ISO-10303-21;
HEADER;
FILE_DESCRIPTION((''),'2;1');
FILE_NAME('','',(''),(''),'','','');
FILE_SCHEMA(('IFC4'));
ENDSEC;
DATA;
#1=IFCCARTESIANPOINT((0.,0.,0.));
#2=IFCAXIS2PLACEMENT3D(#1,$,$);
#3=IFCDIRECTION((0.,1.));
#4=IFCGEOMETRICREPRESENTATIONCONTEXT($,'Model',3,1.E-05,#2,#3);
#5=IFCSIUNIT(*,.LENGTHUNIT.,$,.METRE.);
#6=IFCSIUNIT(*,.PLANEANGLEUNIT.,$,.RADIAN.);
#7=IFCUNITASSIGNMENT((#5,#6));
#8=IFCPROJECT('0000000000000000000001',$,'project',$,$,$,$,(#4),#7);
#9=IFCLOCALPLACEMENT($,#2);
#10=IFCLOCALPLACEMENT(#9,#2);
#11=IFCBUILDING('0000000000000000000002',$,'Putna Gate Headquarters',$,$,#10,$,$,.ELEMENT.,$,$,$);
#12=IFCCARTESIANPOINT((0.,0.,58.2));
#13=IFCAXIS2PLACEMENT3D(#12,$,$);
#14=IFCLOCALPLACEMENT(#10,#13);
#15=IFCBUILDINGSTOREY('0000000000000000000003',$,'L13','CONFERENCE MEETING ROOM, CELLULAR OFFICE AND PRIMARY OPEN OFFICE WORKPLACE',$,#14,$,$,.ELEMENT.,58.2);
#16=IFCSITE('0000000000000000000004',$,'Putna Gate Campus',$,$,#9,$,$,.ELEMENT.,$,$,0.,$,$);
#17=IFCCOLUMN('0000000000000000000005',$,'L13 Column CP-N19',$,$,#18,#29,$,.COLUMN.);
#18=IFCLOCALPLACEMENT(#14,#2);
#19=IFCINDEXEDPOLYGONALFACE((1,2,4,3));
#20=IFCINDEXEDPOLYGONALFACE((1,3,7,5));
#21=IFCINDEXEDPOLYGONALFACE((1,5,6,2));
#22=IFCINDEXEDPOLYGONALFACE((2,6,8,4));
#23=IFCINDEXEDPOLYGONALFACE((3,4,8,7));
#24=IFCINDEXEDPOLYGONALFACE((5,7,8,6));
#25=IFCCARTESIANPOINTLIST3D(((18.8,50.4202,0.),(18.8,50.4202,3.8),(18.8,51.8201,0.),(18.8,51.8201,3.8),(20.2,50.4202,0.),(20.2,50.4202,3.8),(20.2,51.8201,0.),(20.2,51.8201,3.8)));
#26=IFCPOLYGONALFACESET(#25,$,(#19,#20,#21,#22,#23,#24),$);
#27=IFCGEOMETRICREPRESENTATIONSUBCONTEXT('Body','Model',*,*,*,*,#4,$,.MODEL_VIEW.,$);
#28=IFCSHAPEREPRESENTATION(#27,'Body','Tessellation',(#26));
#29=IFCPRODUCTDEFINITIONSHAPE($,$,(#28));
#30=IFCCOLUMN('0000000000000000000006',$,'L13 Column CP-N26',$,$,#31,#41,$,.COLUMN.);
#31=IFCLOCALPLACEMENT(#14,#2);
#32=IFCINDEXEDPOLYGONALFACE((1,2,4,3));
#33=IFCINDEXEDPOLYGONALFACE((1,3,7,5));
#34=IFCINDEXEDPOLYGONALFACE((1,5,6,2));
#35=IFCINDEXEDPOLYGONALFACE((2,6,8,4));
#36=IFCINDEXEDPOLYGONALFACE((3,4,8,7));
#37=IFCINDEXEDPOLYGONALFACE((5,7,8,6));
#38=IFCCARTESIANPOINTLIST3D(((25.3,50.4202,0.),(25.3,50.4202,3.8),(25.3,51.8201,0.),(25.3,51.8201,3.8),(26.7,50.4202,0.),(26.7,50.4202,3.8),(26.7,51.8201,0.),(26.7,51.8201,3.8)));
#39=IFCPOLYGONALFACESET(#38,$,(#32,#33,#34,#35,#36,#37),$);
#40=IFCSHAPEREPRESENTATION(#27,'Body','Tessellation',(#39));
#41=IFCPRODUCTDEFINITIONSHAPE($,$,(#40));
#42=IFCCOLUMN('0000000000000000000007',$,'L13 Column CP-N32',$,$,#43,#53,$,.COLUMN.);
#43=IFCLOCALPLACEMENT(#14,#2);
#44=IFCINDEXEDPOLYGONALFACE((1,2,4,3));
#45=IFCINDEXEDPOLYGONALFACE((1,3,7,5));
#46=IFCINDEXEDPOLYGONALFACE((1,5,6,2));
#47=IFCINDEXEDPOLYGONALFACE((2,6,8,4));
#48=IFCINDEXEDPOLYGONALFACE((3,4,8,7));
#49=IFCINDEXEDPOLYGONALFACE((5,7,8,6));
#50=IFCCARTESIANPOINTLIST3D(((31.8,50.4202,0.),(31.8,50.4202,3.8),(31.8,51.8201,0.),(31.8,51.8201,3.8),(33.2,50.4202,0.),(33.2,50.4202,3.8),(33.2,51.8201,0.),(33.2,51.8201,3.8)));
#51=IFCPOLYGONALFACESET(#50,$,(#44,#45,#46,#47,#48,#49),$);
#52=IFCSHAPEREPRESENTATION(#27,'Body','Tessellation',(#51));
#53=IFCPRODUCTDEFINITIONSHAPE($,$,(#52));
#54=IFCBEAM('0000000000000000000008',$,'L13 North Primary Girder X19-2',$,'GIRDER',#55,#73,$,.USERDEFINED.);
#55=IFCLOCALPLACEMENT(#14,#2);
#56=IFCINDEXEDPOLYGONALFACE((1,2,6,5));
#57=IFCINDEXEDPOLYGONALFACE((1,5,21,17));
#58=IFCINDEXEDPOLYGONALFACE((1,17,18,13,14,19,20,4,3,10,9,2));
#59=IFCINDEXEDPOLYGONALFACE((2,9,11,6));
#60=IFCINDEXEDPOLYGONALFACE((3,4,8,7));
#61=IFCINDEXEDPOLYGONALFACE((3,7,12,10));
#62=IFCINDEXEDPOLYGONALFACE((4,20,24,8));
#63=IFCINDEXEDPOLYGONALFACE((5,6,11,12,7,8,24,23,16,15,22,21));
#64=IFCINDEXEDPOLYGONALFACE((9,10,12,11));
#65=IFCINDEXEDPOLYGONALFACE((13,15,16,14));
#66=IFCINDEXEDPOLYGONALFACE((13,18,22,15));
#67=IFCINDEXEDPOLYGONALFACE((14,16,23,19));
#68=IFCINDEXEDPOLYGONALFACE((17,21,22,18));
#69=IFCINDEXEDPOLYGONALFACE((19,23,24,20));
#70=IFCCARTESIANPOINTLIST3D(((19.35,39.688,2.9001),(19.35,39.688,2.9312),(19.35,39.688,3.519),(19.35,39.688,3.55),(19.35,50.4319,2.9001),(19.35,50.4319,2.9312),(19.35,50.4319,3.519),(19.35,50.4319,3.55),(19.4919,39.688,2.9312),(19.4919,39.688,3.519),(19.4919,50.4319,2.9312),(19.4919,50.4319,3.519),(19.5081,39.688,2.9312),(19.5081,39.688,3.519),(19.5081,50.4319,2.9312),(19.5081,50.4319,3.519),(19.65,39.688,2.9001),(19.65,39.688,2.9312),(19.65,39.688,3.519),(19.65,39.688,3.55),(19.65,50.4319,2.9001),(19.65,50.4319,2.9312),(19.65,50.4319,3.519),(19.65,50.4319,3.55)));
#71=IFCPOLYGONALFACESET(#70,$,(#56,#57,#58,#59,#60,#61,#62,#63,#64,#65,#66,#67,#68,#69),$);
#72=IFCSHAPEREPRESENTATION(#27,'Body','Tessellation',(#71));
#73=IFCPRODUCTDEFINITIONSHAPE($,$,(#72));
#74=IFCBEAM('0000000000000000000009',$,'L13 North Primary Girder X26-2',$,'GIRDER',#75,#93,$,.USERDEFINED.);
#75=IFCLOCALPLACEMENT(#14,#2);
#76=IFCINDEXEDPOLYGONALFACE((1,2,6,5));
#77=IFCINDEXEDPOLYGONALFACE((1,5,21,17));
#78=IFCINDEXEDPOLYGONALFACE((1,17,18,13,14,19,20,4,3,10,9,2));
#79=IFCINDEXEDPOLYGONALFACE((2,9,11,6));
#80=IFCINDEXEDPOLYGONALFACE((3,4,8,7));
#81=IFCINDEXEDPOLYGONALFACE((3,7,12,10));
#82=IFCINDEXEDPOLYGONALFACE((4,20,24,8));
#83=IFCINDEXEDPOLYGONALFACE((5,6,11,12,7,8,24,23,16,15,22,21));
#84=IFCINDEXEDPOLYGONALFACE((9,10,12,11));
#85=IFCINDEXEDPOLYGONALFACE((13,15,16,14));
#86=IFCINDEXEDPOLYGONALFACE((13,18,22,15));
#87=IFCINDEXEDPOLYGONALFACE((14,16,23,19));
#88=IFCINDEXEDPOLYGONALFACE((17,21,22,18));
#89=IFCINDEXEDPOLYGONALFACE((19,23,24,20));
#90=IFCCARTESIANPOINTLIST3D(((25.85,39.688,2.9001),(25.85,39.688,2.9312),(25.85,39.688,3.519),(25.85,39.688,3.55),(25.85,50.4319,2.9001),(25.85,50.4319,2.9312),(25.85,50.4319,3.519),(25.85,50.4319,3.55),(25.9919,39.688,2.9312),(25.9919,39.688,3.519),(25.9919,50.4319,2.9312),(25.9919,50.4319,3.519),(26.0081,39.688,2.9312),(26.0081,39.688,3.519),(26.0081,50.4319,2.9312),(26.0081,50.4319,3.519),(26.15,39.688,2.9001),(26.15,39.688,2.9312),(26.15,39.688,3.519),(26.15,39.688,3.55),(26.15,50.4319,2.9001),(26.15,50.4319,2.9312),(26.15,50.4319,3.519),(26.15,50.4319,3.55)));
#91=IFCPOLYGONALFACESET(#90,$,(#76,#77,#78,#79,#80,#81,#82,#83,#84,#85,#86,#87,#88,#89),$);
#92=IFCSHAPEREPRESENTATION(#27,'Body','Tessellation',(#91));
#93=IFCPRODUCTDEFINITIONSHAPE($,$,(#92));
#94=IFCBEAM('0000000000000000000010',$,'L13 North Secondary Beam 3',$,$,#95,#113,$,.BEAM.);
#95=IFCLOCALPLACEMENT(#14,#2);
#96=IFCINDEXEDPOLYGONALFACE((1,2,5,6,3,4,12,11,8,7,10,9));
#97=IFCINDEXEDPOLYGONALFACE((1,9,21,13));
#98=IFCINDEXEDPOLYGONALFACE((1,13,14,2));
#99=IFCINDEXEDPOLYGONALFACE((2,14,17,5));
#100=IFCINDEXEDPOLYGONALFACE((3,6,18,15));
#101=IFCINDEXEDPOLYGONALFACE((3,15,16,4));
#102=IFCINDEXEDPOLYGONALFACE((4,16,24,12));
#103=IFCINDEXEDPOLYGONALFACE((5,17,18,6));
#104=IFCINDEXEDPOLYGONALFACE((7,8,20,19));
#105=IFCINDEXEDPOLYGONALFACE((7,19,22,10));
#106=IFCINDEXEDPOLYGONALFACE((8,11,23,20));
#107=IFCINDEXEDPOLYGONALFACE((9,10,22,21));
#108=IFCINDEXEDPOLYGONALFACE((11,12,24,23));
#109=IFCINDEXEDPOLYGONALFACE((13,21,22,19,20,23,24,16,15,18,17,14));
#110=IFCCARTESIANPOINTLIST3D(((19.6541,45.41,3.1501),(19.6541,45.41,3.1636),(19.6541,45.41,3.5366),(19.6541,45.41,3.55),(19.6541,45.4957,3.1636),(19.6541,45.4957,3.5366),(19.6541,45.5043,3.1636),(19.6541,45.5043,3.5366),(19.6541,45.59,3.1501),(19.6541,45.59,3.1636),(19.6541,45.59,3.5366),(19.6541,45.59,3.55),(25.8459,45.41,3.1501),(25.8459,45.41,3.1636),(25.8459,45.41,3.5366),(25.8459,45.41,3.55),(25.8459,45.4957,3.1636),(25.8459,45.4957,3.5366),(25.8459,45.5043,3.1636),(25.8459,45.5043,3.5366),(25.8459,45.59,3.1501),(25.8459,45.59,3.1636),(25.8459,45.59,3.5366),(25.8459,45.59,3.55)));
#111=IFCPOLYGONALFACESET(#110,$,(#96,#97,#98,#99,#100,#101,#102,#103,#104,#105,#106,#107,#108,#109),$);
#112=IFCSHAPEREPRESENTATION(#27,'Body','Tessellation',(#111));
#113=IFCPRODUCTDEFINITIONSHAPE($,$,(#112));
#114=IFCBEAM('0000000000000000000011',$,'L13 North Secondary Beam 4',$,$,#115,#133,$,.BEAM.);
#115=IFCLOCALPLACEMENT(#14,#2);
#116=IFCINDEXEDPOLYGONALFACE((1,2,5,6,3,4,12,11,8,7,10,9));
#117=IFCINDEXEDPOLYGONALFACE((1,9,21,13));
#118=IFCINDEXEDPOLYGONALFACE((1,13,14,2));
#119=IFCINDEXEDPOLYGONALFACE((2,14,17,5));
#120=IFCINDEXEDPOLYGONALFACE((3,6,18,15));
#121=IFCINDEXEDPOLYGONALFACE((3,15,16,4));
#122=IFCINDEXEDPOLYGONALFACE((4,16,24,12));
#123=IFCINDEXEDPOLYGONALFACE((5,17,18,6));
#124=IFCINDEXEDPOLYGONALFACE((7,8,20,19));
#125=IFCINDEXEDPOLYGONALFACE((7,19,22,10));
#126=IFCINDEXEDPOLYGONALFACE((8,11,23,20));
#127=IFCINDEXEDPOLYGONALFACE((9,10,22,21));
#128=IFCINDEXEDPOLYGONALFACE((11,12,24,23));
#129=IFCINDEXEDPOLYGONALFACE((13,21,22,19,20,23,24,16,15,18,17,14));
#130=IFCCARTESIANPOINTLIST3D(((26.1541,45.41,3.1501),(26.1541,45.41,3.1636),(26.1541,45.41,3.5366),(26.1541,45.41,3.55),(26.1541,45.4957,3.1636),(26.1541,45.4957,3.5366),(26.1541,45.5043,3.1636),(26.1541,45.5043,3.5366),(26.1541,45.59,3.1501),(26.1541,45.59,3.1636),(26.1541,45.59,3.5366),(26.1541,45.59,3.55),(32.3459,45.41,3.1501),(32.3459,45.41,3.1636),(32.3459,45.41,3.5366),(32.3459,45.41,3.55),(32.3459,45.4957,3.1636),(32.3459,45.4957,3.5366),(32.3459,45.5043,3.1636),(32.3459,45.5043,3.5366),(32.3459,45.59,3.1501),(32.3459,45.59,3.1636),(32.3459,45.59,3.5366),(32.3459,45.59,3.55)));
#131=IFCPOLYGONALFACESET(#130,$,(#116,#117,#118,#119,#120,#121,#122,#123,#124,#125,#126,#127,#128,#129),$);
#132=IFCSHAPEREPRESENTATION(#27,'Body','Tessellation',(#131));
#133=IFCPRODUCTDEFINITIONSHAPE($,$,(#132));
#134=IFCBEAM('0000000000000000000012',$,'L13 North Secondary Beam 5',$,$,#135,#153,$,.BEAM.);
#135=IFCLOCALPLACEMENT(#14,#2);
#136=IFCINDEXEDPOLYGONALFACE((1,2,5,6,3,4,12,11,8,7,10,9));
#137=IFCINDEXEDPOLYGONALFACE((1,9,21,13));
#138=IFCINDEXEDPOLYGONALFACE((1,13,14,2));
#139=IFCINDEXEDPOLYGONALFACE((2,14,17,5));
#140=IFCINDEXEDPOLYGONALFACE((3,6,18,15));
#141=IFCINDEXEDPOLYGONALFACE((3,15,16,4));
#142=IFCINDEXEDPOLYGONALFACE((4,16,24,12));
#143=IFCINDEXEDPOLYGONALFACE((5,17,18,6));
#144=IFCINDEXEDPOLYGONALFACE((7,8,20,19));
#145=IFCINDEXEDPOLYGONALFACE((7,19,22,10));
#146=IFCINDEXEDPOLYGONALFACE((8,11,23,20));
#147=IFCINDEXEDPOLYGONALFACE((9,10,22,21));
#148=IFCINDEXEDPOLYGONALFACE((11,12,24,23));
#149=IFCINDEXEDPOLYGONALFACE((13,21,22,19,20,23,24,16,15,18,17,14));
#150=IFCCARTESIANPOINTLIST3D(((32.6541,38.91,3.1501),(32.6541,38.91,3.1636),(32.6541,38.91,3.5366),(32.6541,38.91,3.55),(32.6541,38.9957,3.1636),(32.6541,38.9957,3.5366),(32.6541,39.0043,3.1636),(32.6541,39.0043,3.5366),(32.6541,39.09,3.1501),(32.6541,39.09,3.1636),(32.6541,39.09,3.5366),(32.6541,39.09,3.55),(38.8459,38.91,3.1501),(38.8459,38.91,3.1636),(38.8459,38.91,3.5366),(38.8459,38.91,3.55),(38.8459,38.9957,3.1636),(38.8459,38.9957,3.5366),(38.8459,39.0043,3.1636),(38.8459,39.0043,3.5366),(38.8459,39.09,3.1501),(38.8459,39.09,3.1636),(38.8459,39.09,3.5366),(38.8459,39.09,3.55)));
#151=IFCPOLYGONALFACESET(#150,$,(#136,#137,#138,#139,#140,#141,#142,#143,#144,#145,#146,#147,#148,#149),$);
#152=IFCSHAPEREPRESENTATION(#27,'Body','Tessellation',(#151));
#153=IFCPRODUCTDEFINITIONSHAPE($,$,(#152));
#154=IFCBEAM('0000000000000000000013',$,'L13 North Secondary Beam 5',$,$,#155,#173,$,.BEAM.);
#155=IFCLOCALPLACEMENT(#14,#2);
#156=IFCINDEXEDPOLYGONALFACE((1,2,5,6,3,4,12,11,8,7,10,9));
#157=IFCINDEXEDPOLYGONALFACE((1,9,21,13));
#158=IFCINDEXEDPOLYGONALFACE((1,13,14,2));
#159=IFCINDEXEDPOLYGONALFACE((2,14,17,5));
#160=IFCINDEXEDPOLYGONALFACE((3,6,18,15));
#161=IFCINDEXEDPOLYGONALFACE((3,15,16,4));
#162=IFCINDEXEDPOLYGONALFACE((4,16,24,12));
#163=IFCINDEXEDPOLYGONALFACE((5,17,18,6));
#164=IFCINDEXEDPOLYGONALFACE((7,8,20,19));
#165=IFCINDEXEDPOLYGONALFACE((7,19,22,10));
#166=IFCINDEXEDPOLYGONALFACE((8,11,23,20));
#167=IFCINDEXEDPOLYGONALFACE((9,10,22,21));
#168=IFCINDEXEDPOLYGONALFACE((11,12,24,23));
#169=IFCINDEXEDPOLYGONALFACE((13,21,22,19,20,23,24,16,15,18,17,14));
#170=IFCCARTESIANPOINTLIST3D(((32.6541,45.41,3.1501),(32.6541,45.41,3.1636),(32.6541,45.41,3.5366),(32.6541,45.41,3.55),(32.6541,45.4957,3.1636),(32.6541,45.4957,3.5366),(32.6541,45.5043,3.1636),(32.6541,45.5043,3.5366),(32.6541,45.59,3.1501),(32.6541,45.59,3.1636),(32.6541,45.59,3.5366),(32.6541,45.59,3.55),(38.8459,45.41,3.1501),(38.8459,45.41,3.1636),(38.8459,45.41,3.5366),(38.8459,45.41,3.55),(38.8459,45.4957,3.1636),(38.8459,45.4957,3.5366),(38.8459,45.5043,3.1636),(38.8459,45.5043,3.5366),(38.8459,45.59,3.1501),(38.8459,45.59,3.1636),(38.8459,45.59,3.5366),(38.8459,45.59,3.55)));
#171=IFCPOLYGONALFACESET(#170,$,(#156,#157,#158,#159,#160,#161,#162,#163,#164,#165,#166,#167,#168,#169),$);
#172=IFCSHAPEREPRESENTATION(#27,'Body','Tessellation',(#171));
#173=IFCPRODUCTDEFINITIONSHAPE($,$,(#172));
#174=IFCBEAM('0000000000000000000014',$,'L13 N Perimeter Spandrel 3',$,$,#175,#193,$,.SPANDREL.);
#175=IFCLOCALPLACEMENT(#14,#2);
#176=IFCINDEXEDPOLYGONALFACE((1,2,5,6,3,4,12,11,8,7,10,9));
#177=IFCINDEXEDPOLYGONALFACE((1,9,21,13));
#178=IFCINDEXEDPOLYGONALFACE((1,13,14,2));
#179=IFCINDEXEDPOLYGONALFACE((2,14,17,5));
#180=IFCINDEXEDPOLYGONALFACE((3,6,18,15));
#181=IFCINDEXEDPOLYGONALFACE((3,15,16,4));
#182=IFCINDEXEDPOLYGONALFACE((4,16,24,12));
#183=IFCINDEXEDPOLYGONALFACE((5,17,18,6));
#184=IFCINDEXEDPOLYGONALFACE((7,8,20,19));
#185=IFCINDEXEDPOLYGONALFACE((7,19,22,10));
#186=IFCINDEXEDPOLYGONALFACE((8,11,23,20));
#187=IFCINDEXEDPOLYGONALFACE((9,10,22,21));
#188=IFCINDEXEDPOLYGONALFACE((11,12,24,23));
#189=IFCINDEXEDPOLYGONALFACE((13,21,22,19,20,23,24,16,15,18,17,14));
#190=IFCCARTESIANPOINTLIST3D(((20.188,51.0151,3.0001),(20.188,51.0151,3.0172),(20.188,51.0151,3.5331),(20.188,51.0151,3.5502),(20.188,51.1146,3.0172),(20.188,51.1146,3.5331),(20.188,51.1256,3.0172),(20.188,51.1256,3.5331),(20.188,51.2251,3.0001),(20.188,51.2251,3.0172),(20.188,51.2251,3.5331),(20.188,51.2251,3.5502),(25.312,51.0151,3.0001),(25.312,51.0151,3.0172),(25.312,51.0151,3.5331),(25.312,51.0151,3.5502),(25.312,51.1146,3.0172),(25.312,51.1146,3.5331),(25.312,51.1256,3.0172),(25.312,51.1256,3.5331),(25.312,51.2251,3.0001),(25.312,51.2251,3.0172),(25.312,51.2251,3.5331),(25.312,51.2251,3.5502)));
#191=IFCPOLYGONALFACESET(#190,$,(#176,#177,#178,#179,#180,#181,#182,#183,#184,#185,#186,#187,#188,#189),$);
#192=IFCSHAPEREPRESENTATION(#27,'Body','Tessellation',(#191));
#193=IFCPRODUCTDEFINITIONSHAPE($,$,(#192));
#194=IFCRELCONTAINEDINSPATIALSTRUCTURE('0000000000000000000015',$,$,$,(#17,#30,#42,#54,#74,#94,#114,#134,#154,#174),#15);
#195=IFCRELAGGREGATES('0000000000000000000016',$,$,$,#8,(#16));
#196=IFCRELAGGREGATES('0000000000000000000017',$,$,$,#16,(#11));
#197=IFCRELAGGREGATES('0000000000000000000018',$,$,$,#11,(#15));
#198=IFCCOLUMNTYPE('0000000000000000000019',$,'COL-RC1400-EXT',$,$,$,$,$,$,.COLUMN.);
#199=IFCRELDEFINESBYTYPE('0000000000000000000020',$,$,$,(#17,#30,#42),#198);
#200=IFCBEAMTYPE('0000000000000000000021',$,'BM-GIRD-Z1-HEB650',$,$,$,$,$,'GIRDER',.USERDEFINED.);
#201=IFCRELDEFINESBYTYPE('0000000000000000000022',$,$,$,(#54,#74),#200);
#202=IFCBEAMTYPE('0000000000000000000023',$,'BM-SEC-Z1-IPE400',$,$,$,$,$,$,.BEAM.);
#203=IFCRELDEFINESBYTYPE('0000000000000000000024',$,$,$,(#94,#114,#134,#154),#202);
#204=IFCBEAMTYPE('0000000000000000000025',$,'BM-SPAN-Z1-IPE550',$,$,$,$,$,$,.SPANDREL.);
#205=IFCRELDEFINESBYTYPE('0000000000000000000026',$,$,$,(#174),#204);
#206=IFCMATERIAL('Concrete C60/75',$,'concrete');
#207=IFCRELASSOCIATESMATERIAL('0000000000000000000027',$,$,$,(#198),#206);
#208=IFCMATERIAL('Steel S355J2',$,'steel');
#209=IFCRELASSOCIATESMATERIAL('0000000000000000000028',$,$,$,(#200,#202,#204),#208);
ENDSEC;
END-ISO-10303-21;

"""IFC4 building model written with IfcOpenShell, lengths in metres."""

from ifc_helpers import new_model, si_unit, direction, frame, origin, origin_2d, place, context, subcontext, project, spatial, rectangle, i_section, extrude, material, material_profile, profile_set, type_object, element, save


model = new_model("IFC4")

# Units and contexts
model_context = context("Model", 3, precision=1e-05, world=origin(), true_north=direction((0.0, 1.0)))
body_context = subcontext(model_context, "Body", "Model", "MODEL_VIEW")
ifc_project = project(units=[si_unit("LENGTHUNIT", "METRE"), si_unit("PLANEANGLEUNIT", "RADIAN")], contexts=[model_context])

# Site, building, storey
site_placement = place(None, origin())
site = spatial("IfcSite", under=ifc_project, at=site_placement, Name="Putna Gate Campus", CompositionType="ELEMENT", RefElevation=0.0)
building_placement = place(site_placement, origin())
building = spatial("IfcBuilding", under=site, at=building_placement, Name="Putna Gate Headquarters", CompositionType="ELEMENT")
storey_placement = place(building_placement, frame((0.0, 0.0, 58.2)))
storey = spatial("IfcBuildingStorey", under=building, at=storey_placement, Name="L13", Description="CONFERENCE MEETING ROOM, CELLULAR OFFICE AND PRIMARY OPEN OFFICE WORKPLACE", CompositionType="ELEMENT", Elevation=58.2)

# Columns
ifc_material_1 = material(Name="Concrete C60/75", Category="concrete")
ifc_material_profile_1 = material_profile(ifc_material_1, rectangle(XDim=1.3999, YDim=1.3999, at=origin_2d()), Name="Concrete C60/75")
ifc_profile_set_1 = profile_set([ifc_material_profile_1], Name="Concrete C60/75")
column_type = type_object("IfcColumnType", Name="COL-RC1400-EXT", PredefinedType="COLUMN", material=ifc_profile_set_1)
for number, where, z_axis, x_axis, name in (
    (1, (19.5, 51.1201, 0.0), (0.0, 0.0, 1.0), (1.0, 0.0, 0.0), "L13 Column CP-N19"),
    (2, (26.0, 51.1201, 0.0), (0.0, 0.0, 1.0), (1.0, 0.0, 0.0), "L13 Column CP-N26"),
    (3, (32.5, 51.1201, 0.0), (0.0, 0.0, 1.0), (1.0, 0.0, 0.0), "L13 Column CP-N32"),
):
    element("IfcColumn", number, at=place(storey_placement, frame(where, z_axis=z_axis, x_axis=x_axis)), inside=storey, type_object=column_type, Name=name, PredefinedType="COLUMN", context=body_context, shape_type="SweptSolid", body=[
        extrude(rectangle(XDim=1.3999, YDim=1.3999, at=origin_2d()), origin(), (0.0, 0.0, 1.0), 3.8),
    ])

# Beams
ifc_material_2 = material(Name="Steel S355J2", Category="steel")
ifc_material_profile_2 = material_profile(ifc_material_2, i_section(OverallWidth=0.3, OverallDepth=0.6499, WebThickness=0.0161, FlangeThickness=0.031, at=origin_2d()), Name="Steel S355J2")
ifc_profile_set_2 = profile_set([ifc_material_profile_2], Name="Steel S355J2")
beam_type_1 = type_object("IfcBeamType", Name="BM-GIRD-Z1-HEB650", ElementType="GIRDER", PredefinedType="USERDEFINED", material=ifc_profile_set_2)
for number, where, z_axis, x_axis, name in (
    (4, (19.5, 39.688, 3.2251), (0.0, 1.0, 0.0), (-1.0, 0.0, 0.0), "L13 North Primary Girder X19-2"),
    (5, (26.0, 39.688, 3.2251), (0.0, 1.0, 0.0), (-1.0, 0.0, 0.0), "L13 North Primary Girder X26-2"),
):
    element("IfcBeam", number, at=place(storey_placement, frame(where, z_axis=z_axis, x_axis=x_axis)), inside=storey, type_object=beam_type_1, Name=name, ObjectType="GIRDER", PredefinedType="USERDEFINED", context=body_context, shape_type="SweptSolid", body=[
        extrude(i_section(OverallWidth=0.3, OverallDepth=0.6499, WebThickness=0.0161, FlangeThickness=0.031, at=origin_2d()), origin(), (0.0, 0.0, 1.0), 10.7439),
    ])
ifc_material_profile_3 = material_profile(ifc_material_2, i_section(OverallWidth=0.1799, OverallDepth=0.3999, WebThickness=0.0085, FlangeThickness=0.0134, at=origin_2d()), Name="Steel S355J2")
ifc_profile_set_3 = profile_set([ifc_material_profile_3], Name="Steel S355J2")
beam_type_2 = type_object("IfcBeamType", Name="BM-SEC-Z1-IPE400", PredefinedType="BEAM", material=ifc_profile_set_3)
for number, where, z_axis, x_axis, name in (
    (6, (19.6541, 45.5, 3.3501), (1.0, 0.0, 0.0), (0.0, 1.0, 0.0), "L13 North Secondary Beam 3"),
    (7, (26.1541, 45.5, 3.3501), (1.0, 0.0, 0.0), (0.0, 1.0, 0.0), "L13 North Secondary Beam 4"),
    (8, (32.6541, 39.0, 3.3501), (1.0, 0.0, 0.0), (0.0, 1.0, 0.0), "L13 North Secondary Beam 5"),
    (9, (32.6541, 45.5, 3.3501), (1.0, 0.0, 0.0), (0.0, 1.0, 0.0), "L13 North Secondary Beam 5"),
):
    element("IfcBeam", number, at=place(storey_placement, frame(where, z_axis=z_axis, x_axis=x_axis)), inside=storey, type_object=beam_type_2, Name=name, PredefinedType="BEAM", context=body_context, shape_type="SweptSolid", body=[
        extrude(i_section(OverallWidth=0.1799, OverallDepth=0.3999, WebThickness=0.0085, FlangeThickness=0.0134, at=origin_2d()), origin(), (0.0, 0.0, 1.0), 6.1919),
    ])
ifc_material_profile_4 = material_profile(ifc_material_2, i_section(OverallWidth=0.21, OverallDepth=0.55, WebThickness=0.011, FlangeThickness=0.0171, at=origin_2d()), Name="Steel S355J2")
ifc_profile_set_4 = profile_set([ifc_material_profile_4], Name="Steel S355J2")
beam_type_3 = type_object("IfcBeamType", Name="BM-SPAN-Z1-IPE550", PredefinedType="SPANDREL", material=ifc_profile_set_4)
for number, where, z_axis, x_axis, name in (
    (10, (20.188, 51.1201, 3.2751), (1.0, 0.0, 0.0), (0.0, 1.0, 0.0), "L13 N Perimeter Spandrel 3"),
):
    element("IfcBeam", number, at=place(storey_placement, frame(where, z_axis=z_axis, x_axis=x_axis)), inside=storey, type_object=beam_type_3, Name=name, PredefinedType="SPANDREL", context=body_context, shape_type="SweptSolid", body=[
        extrude(i_section(OverallWidth=0.21, OverallDepth=0.55, WebThickness=0.011, FlangeThickness=0.0171, at=origin_2d()), origin(), (0.0, 0.0, 1.0), 5.124),
    ])

save(model, "model.ifc")
